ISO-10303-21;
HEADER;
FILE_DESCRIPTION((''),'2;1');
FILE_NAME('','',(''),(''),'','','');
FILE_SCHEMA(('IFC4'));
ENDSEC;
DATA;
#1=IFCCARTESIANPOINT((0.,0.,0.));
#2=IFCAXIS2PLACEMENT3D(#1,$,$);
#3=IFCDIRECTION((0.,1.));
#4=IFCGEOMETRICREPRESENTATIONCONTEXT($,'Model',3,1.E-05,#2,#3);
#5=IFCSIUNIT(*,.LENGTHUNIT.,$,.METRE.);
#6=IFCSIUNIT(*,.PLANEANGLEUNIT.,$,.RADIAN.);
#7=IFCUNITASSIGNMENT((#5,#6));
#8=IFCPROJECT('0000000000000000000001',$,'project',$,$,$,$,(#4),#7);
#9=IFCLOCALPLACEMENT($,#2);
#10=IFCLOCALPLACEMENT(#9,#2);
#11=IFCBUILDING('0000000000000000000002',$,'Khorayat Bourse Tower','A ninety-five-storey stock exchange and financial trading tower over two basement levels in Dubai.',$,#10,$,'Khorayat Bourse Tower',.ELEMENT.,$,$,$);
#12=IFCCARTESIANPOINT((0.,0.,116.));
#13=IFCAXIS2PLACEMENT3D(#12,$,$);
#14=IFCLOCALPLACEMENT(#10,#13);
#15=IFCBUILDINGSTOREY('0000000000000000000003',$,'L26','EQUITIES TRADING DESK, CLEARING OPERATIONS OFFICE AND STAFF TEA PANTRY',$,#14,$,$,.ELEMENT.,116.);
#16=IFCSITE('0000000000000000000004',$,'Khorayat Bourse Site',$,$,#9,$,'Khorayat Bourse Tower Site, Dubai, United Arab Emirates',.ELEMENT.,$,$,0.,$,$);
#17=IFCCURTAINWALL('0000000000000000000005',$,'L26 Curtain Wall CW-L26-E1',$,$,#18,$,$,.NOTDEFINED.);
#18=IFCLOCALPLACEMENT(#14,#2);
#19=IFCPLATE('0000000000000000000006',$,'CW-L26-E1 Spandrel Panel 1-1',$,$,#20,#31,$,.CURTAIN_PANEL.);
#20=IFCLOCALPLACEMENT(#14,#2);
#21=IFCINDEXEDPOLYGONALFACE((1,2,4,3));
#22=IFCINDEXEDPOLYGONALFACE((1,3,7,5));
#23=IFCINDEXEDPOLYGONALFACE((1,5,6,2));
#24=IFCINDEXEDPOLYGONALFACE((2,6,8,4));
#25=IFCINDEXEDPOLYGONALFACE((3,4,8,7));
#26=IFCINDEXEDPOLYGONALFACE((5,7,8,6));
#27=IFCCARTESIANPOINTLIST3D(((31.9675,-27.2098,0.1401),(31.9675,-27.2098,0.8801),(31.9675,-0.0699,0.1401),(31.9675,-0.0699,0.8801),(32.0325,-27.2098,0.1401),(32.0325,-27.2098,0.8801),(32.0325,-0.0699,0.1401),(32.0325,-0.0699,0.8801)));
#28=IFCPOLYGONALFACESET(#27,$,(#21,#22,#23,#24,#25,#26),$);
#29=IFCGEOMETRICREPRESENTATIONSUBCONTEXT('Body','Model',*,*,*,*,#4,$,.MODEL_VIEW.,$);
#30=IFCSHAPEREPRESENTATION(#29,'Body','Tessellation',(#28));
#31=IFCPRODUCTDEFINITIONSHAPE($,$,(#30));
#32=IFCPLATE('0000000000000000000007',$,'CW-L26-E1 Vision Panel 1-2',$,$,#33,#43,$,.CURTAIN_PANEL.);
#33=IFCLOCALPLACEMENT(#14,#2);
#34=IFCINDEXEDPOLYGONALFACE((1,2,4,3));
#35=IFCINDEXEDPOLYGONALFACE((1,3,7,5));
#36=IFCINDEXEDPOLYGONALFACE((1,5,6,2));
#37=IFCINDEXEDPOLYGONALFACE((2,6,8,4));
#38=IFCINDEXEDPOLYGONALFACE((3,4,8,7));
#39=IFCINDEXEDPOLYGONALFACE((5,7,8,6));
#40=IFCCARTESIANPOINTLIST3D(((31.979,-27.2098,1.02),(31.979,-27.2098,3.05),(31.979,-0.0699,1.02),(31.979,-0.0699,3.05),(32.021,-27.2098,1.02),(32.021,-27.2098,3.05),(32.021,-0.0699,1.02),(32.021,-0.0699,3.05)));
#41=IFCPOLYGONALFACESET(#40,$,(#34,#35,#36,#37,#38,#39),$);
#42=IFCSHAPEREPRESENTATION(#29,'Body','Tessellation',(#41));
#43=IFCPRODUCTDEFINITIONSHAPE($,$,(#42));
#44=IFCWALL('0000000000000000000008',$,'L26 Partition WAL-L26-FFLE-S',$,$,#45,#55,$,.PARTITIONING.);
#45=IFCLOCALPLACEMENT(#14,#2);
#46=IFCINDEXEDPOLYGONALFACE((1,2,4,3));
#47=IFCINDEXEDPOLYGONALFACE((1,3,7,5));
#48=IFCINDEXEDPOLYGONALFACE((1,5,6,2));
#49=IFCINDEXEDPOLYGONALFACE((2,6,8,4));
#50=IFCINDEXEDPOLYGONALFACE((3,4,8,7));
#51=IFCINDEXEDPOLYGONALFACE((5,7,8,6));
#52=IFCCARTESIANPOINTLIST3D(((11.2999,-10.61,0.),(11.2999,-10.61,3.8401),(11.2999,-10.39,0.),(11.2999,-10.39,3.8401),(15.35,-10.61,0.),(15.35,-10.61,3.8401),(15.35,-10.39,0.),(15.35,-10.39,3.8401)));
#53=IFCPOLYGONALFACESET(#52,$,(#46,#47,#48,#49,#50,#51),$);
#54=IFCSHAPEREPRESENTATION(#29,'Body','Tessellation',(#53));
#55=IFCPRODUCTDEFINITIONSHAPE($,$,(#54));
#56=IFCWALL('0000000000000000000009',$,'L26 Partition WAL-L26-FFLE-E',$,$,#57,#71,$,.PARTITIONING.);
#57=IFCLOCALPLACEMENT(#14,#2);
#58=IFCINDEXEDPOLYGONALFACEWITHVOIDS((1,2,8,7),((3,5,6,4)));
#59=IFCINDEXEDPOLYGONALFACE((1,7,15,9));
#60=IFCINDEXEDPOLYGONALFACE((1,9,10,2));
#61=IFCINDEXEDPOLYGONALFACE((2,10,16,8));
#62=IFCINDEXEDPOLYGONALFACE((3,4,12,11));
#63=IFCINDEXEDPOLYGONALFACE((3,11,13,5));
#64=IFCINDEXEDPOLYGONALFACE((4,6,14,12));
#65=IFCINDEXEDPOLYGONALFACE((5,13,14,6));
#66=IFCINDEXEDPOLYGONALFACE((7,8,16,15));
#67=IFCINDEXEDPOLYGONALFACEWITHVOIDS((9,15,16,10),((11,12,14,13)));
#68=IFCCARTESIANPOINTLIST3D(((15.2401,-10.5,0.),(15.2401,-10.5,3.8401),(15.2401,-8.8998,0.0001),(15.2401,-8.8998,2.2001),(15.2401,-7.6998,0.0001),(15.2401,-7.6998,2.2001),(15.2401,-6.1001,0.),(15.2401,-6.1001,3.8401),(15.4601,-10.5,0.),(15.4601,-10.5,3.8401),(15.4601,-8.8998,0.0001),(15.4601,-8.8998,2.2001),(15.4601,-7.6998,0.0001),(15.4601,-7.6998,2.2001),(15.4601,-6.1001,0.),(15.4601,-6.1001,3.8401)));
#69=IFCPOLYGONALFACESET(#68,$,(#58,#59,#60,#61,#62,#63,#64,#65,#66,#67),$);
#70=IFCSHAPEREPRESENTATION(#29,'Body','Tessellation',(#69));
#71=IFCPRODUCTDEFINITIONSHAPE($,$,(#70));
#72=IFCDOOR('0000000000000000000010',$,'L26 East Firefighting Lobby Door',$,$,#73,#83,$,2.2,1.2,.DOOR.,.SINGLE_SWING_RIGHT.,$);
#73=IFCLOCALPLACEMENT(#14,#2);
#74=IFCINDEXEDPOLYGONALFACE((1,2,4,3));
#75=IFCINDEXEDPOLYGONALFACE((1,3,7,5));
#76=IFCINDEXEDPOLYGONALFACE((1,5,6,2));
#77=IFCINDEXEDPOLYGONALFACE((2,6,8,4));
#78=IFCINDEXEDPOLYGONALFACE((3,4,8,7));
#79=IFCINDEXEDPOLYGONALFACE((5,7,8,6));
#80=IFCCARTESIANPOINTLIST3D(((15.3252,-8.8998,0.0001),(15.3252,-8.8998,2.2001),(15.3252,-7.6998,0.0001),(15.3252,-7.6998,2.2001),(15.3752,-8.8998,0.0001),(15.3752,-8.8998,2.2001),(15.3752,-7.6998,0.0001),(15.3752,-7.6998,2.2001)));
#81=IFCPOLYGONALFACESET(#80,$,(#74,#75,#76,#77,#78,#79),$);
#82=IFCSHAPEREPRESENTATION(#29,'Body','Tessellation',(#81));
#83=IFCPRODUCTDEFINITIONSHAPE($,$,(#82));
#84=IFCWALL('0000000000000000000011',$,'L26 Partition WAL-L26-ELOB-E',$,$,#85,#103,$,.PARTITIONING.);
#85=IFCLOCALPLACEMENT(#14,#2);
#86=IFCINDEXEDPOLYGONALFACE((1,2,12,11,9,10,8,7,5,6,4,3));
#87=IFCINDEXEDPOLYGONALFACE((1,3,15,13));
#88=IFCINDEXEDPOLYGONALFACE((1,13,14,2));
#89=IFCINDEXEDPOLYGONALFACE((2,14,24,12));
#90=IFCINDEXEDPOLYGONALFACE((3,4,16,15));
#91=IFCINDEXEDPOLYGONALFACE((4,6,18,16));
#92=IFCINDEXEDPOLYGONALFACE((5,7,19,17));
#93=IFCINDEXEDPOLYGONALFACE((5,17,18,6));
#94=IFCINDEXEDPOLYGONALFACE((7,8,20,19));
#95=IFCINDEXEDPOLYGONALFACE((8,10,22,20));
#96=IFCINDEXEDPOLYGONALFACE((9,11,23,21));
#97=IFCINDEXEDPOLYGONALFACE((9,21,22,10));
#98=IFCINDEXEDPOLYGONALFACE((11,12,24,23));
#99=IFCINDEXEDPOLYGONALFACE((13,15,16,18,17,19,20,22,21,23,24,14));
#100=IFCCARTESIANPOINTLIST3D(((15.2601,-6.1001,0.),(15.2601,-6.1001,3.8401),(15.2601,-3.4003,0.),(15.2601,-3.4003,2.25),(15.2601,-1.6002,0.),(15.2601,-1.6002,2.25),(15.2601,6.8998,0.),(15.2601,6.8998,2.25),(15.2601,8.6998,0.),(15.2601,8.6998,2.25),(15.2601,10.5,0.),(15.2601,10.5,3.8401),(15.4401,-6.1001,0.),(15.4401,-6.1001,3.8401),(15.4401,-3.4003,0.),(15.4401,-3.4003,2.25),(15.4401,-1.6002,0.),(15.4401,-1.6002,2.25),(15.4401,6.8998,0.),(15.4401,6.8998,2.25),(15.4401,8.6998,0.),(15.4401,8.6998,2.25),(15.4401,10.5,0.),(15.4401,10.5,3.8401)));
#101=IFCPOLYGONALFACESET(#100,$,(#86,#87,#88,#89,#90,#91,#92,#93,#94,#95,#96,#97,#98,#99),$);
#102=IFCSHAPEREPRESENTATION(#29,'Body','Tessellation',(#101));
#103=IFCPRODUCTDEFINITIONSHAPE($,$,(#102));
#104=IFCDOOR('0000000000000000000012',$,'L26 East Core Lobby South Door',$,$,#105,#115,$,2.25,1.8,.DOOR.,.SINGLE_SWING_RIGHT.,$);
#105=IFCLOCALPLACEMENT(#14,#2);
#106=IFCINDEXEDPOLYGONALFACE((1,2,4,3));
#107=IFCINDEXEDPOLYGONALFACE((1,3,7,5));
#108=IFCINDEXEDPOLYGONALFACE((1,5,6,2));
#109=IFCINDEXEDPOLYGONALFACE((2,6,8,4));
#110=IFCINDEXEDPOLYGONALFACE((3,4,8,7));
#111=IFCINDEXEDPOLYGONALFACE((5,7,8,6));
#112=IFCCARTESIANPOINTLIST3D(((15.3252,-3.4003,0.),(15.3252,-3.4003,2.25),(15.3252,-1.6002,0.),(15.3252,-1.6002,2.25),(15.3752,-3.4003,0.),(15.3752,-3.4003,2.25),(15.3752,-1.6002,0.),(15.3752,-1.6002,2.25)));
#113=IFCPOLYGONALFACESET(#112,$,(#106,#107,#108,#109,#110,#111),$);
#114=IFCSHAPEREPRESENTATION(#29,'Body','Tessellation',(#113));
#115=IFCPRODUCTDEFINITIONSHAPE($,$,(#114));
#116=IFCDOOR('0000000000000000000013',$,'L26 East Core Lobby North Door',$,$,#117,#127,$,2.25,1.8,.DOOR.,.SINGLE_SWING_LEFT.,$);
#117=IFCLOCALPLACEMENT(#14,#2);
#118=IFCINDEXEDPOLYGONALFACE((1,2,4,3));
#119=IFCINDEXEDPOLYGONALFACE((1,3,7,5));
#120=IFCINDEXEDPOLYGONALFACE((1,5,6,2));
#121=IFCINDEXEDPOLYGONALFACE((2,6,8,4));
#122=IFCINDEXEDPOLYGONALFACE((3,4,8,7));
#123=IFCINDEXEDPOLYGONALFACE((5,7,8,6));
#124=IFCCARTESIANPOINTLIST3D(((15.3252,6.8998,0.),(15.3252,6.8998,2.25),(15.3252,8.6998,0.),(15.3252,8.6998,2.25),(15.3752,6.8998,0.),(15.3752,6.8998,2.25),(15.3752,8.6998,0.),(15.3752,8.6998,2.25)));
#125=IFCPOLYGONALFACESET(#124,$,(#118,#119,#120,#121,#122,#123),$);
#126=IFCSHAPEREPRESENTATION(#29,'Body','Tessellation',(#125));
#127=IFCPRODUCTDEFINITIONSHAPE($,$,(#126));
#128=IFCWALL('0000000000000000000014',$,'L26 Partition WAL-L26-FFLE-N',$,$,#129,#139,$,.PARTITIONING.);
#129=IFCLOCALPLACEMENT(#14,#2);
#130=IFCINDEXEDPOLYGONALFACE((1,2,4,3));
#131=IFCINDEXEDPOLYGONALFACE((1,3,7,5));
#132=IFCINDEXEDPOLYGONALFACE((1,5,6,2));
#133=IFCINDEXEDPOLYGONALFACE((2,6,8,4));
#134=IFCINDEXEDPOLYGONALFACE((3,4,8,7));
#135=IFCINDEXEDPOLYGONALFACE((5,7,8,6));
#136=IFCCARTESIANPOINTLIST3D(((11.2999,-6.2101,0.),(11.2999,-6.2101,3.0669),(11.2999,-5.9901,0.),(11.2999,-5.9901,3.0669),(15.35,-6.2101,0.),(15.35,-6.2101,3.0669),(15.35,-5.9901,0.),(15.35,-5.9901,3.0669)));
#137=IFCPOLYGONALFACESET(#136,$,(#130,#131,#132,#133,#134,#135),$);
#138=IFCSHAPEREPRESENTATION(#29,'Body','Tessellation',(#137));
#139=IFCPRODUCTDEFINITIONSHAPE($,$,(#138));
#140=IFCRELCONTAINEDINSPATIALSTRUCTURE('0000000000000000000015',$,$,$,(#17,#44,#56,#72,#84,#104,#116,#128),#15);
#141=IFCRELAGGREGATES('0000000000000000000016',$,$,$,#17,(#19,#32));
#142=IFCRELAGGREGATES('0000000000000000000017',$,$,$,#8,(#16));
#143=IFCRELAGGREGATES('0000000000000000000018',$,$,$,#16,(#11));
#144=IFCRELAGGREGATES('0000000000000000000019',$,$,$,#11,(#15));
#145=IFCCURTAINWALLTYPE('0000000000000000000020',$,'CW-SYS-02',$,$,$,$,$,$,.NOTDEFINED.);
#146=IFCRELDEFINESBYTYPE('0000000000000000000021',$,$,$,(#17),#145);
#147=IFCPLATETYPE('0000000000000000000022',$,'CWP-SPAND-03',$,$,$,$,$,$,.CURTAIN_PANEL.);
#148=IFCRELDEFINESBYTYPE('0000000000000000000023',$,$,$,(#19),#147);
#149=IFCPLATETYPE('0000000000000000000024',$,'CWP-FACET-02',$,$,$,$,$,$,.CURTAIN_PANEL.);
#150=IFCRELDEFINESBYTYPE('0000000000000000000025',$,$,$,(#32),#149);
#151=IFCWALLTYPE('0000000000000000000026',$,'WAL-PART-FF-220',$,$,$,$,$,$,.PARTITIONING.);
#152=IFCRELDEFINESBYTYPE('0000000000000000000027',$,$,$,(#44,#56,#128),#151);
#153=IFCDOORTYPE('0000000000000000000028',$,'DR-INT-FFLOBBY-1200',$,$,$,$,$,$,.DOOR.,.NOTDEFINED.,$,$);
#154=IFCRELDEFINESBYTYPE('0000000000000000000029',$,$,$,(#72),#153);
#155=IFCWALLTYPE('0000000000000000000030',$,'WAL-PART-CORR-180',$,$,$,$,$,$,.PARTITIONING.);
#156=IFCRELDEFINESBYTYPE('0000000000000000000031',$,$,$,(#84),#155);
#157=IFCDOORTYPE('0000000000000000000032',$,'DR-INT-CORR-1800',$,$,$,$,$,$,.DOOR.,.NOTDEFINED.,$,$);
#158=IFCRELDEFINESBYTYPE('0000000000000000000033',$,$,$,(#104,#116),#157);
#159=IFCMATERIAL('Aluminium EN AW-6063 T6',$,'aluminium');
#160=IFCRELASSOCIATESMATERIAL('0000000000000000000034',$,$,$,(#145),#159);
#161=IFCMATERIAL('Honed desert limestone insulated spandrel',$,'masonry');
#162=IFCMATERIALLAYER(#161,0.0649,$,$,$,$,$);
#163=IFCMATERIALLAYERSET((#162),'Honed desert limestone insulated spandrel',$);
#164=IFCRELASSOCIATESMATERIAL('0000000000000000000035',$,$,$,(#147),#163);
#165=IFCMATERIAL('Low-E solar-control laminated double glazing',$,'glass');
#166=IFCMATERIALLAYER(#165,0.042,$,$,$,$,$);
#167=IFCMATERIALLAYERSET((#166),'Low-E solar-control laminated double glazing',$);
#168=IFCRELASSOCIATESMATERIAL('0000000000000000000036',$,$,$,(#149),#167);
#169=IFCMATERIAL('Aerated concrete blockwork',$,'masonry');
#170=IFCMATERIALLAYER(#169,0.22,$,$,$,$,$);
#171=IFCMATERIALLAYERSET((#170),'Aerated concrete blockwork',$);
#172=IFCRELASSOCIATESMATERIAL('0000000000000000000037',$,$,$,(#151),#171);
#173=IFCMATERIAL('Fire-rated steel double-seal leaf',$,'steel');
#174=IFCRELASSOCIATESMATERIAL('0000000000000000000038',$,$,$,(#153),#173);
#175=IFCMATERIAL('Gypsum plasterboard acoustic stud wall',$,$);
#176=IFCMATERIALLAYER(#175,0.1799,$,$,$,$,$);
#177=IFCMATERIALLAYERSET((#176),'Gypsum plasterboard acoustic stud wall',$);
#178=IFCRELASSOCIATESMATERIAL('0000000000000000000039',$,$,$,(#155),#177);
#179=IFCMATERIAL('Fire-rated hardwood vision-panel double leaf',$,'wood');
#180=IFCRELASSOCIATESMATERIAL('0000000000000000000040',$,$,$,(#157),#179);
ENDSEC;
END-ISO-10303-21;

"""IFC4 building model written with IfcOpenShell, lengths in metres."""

from ifc_helpers import new_model, si_unit, direction, frame, frame_2d, origin, origin_2d, place, context, subcontext, project, spatial, rectangle, extrude, source, transform, mapped, material, layer, layer_set, type_object, element, fill, aggregate, save


model = new_model("IFC4")

# Units and contexts
model_context = context("Model", 3, precision=1e-05, world=origin(), true_north=direction((0.0, 1.0)))
body_context = subcontext(model_context, "Body", "Model", "MODEL_VIEW")
ifc_project = project(units=[si_unit("LENGTHUNIT", "METRE"), si_unit("PLANEANGLEUNIT", "RADIAN")], contexts=[model_context])

# Site, building, storey
site_placement = place(None, origin())
site = spatial("IfcSite", under=ifc_project, at=site_placement, Name="Khorayat Bourse Site", LongName="Khorayat Bourse Tower Site, Dubai, United Arab Emirates", CompositionType="ELEMENT", RefElevation=0.0)
building_placement = place(site_placement, origin())
building = spatial("IfcBuilding", under=site, at=building_placement, Name="Khorayat Bourse Tower", Description="A ninety-five-storey stock exchange and financial trading tower over two basement levels in Dubai.", LongName="Khorayat Bourse Tower", CompositionType="ELEMENT")
storey_placement = place(building_placement, frame((0.0, 0.0, 116.0)))
storey = spatial("IfcBuildingStorey", under=building, at=storey_placement, Name="L26", Description="EQUITIES TRADING DESK, CLEARING OPERATIONS OFFICE AND STAFF TEA PANTRY", CompositionType="ELEMENT", Elevation=116.0)

# Curtain wall
ifc_material_1 = material(Name="Aluminium EN AW-6063 T6", Category="aluminium")
curtain_wall_type = type_object("IfcCurtainWallType", Name="CW-SYS-02", PredefinedType="NOTDEFINED", material=ifc_material_1)
curtain_wall_placement = place(storey_placement, origin())
curtain_wall = element("IfcCurtainWall", 1, at=curtain_wall_placement, inside=storey, type_object=curtain_wall_type, Name="L26 Curtain Wall CW-L26-E1", PredefinedType="NOTDEFINED")

# Plates
ifc_material_2 = material(Name="Honed desert limestone insulated spandrel", Category="masonry")
ifc_layer_1 = layer(ifc_material_2, 0.0649)
ifc_layer_set_1 = layer_set([ifc_layer_1], Name="Honed desert limestone insulated spandrel")
plate_type_1 = type_object("IfcPlateType", Name="CWP-SPAND-03", PredefinedType="CURTAIN_PANEL", material=ifc_layer_set_1)
shared_shape_1 = source(origin(), body_context, "Body", "SweptSolid", [
    extrude(rectangle(XDim=27.1399, YDim=0.0649, at=origin_2d()), origin(), (0.0, 0.0, 1.0), 0.74),
])
plate_1_placement = place(storey_placement, frame((32.0, -13.6399, 0.1401), z_axis=(0.0, 0.0, 1.0), x_axis=(0.0, 1.0, 0.0)))
plate_1 = element("IfcPlate", 2, at=plate_1_placement, type_object=plate_type_1, Name="CW-L26-E1 Spandrel Panel 1-1", PredefinedType="CURTAIN_PANEL", context=body_context, shape_type="MappedRepresentation", body=[
    mapped(shared_shape_1, transform((0.0, 0.0, 0.0), scale=1.0)),
])
ifc_material_3 = material(Name="Low-E solar-control laminated double glazing", Category="glass")
ifc_layer_2 = layer(ifc_material_3, 0.042)
ifc_layer_set_2 = layer_set([ifc_layer_2], Name="Low-E solar-control laminated double glazing")
plate_type_2 = type_object("IfcPlateType", Name="CWP-FACET-02", PredefinedType="CURTAIN_PANEL", material=ifc_layer_set_2)
shared_shape_2 = source(origin(), body_context, "Body", "SweptSolid", [
    extrude(rectangle(XDim=27.1399, YDim=0.042, at=origin_2d()), origin(), (0.0, 0.0, 1.0), 2.03),
])
plate_2_placement = place(storey_placement, frame((32.0, -13.6399, 1.02), z_axis=(0.0, 0.0, 1.0), x_axis=(0.0, 1.0, 0.0)))
plate_2 = element("IfcPlate", 3, at=plate_2_placement, type_object=plate_type_2, Name="CW-L26-E1 Vision Panel 1-2", PredefinedType="CURTAIN_PANEL", context=body_context, shape_type="MappedRepresentation", body=[
    mapped(shared_shape_2, transform((0.0, 0.0, 0.0), scale=1.0)),
])
aggregate(curtain_wall, [plate_1, plate_2])

# Wall
ifc_material_4 = material(Name="Aerated concrete blockwork", Category="masonry")
ifc_layer_3 = layer(ifc_material_4, 0.22)
ifc_layer_set_3 = layer_set([ifc_layer_3], Name="Aerated concrete blockwork")
wall_type_1 = type_object("IfcWallType", Name="WAL-PART-FF-220", PredefinedType="PARTITIONING", material=ifc_layer_set_3)
shared_shape_3 = source(origin(), body_context, "Body", "SweptSolid", [
    extrude(rectangle(XDim=4.05, YDim=0.22, at=frame_2d((2.0249, 0.0))), origin(), (0.0, 0.0, 1.0), 3.8401),
])
wall_1_placement = place(storey_placement, frame((11.3, -10.5, 0.0), z_axis=(0.0, 0.0, 1.0), x_axis=(1.0, 0.0, 0.0)))
element("IfcWall", 4, at=wall_1_placement, inside=storey, type_object=wall_type_1, Name="L26 Partition WAL-L26-FFLE-S", PredefinedType="PARTITIONING", context=body_context, shape_type="MappedRepresentation", body=[
    mapped(shared_shape_3, transform((0.0, 0.0, 0.0), scale=1.0)),
])

# Wall, opening, door
shared_shape_4 = source(origin(), body_context, "Body", "SweptSolid", [
    extrude(rectangle(XDim=4.3999, YDim=0.22, at=frame_2d((2.2, 0.0))), origin(), (0.0, 0.0, 1.0), 3.8401),
])
wall_2_placement = place(storey_placement, frame((15.3501, -10.5, 0.0), z_axis=(0.0, 0.0, 1.0), x_axis=(0.0, 1.0, 0.0)))
wall_2 = element("IfcWall", 5, at=wall_2_placement, inside=storey, type_object=wall_type_1, Name="L26 Partition WAL-L26-FFLE-E", PredefinedType="PARTITIONING", context=body_context, shape_type="MappedRepresentation", body=[
    mapped(shared_shape_4, transform((0.0, 0.0, 0.0), scale=1.0)),
])
shared_shape_5 = source(origin(), body_context, "Body", "SweptSolid", [
    extrude(rectangle(XDim=1.2, YDim=2.2, at=frame_2d((0.6001, 1.1001))), frame((0.0, 0.1199, 0.0), z_axis=(0.0, -1.0, 0.0), x_axis=(1.0, 0.0, 0.0)), (0.0, 0.0, 1.0), 0.24),
])
opening_1_placement = place(wall_2_placement, frame((1.6001, 0.0, 0.0)))
opening_1 = element("IfcOpeningElement", 6, at=opening_1_placement, cuts=wall_2, PredefinedType="OPENING", context=body_context, shape_type="MappedRepresentation", body=[
    mapped(shared_shape_5, transform((0.0, 0.0, 0.0), scale=1.0)),
])
ifc_material_5 = material(Name="Fire-rated steel double-seal leaf", Category="steel")
door_type_1 = type_object("IfcDoorType", Name="DR-INT-FFLOBBY-1200", OperationType="NOTDEFINED", PredefinedType="DOOR", material=ifc_material_5)
shared_shape_6 = source(origin(), body_context, "Body", "SweptSolid", [
    extrude(rectangle(XDim=1.2, YDim=2.2, at=frame_2d((0.6001, 1.1001))), frame((0.0, 0.0249, 0.0), z_axis=(0.0, -1.0, 0.0), x_axis=(1.0, 0.0, 0.0)), (0.0, 0.0, 1.0), 0.05),
])
door_1_placement = place(opening_1_placement, origin())
door_1 = element("IfcDoor", 7, at=door_1_placement, inside=storey, type_object=door_type_1, Name="L26 East Firefighting Lobby Door", OperationType="SINGLE_SWING_RIGHT", OverallHeight=2.2, OverallWidth=1.2, PredefinedType="DOOR", context=body_context, shape_type="MappedRepresentation", body=[
    mapped(shared_shape_6, transform((0.0, 0.0, 0.0), scale=1.0)),
])
fill(opening_1, door_1)

# Wall, openings, doors
ifc_material_6 = material(Name="Gypsum plasterboard acoustic stud wall")
ifc_layer_4 = layer(ifc_material_6, 0.1799)
ifc_layer_set_4 = layer_set([ifc_layer_4], Name="Gypsum plasterboard acoustic stud wall")
wall_type_2 = type_object("IfcWallType", Name="WAL-PART-CORR-180", PredefinedType="PARTITIONING", material=ifc_layer_set_4)
shared_shape_7 = source(origin(), body_context, "Body", "SweptSolid", [
    extrude(rectangle(XDim=16.6001, YDim=0.1799, at=frame_2d((8.3, 0.0))), origin(), (0.0, 0.0, 1.0), 3.8401),
])
wall_3_placement = place(storey_placement, frame((15.3501, -6.1001, 0.0), z_axis=(0.0, 0.0, 1.0), x_axis=(0.0, 1.0, 0.0)))
wall_3 = element("IfcWall", 8, at=wall_3_placement, inside=storey, type_object=wall_type_2, Name="L26 Partition WAL-L26-ELOB-E", PredefinedType="PARTITIONING", context=body_context, shape_type="MappedRepresentation", body=[
    mapped(shared_shape_7, transform((0.0, 0.0, 0.0), scale=1.0)),
])
shared_shape_8 = source(origin(), body_context, "Body", "SweptSolid", [
    extrude(rectangle(XDim=1.8, YDim=2.25, at=frame_2d((0.8999, 1.125))), frame((0.0, 0.0999, 0.0), z_axis=(0.0, -1.0, 0.0), x_axis=(1.0, 0.0, 0.0)), (0.0, 0.0, 1.0), 0.2),
])
opening_2_placement = place(wall_3_placement, frame((2.7, 0.0, 0.0)))
opening_2 = element("IfcOpeningElement", 9, at=opening_2_placement, cuts=wall_3, PredefinedType="OPENING", context=body_context, shape_type="MappedRepresentation", body=[
    mapped(shared_shape_8, transform((0.0, 0.0, 0.0), scale=1.0)),
])
opening_3_placement = place(wall_3_placement, frame((13.0, 0.0, 0.0)))
opening_3 = element("IfcOpeningElement", 10, at=opening_3_placement, cuts=wall_3, PredefinedType="OPENING", context=body_context, shape_type="MappedRepresentation", body=[
    mapped(shared_shape_8, transform((0.0, 0.0, 0.0), scale=1.0)),
])
ifc_material_7 = material(Name="Fire-rated hardwood vision-panel double leaf", Category="wood")
door_type_2 = type_object("IfcDoorType", Name="DR-INT-CORR-1800", OperationType="NOTDEFINED", PredefinedType="DOOR", material=ifc_material_7)
shared_shape_9 = source(origin(), body_context, "Body", "SweptSolid", [
    extrude(rectangle(XDim=1.8, YDim=2.25, at=frame_2d((0.8999, 1.125))), frame((0.0, 0.0249, 0.0), z_axis=(0.0, -1.0, 0.0), x_axis=(1.0, 0.0, 0.0)), (0.0, 0.0, 1.0), 0.05),
])
door_2_placement = place(opening_2_placement, origin())
door_2 = element("IfcDoor", 11, at=door_2_placement, inside=storey, type_object=door_type_2, Name="L26 East Core Lobby South Door", OperationType="SINGLE_SWING_RIGHT", OverallHeight=2.25, OverallWidth=1.8, PredefinedType="DOOR", context=body_context, shape_type="MappedRepresentation", body=[
    mapped(shared_shape_9, transform((0.0, 0.0, 0.0), scale=1.0)),
])
fill(opening_2, door_2)
door_3_placement = place(opening_3_placement, origin())
door_3 = element("IfcDoor", 12, at=door_3_placement, inside=storey, type_object=door_type_2, Name="L26 East Core Lobby North Door", OperationType="SINGLE_SWING_LEFT", OverallHeight=2.25, OverallWidth=1.8, PredefinedType="DOOR", context=body_context, shape_type="MappedRepresentation", body=[
    mapped(shared_shape_9, transform((0.0, 0.0, 0.0), scale=1.0)),
])
fill(opening_3, door_3)

# Wall
shared_shape_10 = source(origin(), body_context, "Body", "SweptSolid", [
    extrude(rectangle(XDim=4.05, YDim=0.22, at=frame_2d((2.0249, 0.0))), origin(), (0.0, 0.0, 1.0), 3.0669),
])
wall_4_placement = place(storey_placement, frame((11.3, -6.1001, 0.0), z_axis=(0.0, 0.0, 1.0), x_axis=(1.0, 0.0, 0.0)))
element("IfcWall", 13, at=wall_4_placement, inside=storey, type_object=wall_type_1, Name="L26 Partition WAL-L26-FFLE-N", PredefinedType="PARTITIONING", context=body_context, shape_type="MappedRepresentation", body=[
    mapped(shared_shape_10, transform((0.0, 0.0, 0.0), scale=1.0)),
])

save(model, "model.ifc")
